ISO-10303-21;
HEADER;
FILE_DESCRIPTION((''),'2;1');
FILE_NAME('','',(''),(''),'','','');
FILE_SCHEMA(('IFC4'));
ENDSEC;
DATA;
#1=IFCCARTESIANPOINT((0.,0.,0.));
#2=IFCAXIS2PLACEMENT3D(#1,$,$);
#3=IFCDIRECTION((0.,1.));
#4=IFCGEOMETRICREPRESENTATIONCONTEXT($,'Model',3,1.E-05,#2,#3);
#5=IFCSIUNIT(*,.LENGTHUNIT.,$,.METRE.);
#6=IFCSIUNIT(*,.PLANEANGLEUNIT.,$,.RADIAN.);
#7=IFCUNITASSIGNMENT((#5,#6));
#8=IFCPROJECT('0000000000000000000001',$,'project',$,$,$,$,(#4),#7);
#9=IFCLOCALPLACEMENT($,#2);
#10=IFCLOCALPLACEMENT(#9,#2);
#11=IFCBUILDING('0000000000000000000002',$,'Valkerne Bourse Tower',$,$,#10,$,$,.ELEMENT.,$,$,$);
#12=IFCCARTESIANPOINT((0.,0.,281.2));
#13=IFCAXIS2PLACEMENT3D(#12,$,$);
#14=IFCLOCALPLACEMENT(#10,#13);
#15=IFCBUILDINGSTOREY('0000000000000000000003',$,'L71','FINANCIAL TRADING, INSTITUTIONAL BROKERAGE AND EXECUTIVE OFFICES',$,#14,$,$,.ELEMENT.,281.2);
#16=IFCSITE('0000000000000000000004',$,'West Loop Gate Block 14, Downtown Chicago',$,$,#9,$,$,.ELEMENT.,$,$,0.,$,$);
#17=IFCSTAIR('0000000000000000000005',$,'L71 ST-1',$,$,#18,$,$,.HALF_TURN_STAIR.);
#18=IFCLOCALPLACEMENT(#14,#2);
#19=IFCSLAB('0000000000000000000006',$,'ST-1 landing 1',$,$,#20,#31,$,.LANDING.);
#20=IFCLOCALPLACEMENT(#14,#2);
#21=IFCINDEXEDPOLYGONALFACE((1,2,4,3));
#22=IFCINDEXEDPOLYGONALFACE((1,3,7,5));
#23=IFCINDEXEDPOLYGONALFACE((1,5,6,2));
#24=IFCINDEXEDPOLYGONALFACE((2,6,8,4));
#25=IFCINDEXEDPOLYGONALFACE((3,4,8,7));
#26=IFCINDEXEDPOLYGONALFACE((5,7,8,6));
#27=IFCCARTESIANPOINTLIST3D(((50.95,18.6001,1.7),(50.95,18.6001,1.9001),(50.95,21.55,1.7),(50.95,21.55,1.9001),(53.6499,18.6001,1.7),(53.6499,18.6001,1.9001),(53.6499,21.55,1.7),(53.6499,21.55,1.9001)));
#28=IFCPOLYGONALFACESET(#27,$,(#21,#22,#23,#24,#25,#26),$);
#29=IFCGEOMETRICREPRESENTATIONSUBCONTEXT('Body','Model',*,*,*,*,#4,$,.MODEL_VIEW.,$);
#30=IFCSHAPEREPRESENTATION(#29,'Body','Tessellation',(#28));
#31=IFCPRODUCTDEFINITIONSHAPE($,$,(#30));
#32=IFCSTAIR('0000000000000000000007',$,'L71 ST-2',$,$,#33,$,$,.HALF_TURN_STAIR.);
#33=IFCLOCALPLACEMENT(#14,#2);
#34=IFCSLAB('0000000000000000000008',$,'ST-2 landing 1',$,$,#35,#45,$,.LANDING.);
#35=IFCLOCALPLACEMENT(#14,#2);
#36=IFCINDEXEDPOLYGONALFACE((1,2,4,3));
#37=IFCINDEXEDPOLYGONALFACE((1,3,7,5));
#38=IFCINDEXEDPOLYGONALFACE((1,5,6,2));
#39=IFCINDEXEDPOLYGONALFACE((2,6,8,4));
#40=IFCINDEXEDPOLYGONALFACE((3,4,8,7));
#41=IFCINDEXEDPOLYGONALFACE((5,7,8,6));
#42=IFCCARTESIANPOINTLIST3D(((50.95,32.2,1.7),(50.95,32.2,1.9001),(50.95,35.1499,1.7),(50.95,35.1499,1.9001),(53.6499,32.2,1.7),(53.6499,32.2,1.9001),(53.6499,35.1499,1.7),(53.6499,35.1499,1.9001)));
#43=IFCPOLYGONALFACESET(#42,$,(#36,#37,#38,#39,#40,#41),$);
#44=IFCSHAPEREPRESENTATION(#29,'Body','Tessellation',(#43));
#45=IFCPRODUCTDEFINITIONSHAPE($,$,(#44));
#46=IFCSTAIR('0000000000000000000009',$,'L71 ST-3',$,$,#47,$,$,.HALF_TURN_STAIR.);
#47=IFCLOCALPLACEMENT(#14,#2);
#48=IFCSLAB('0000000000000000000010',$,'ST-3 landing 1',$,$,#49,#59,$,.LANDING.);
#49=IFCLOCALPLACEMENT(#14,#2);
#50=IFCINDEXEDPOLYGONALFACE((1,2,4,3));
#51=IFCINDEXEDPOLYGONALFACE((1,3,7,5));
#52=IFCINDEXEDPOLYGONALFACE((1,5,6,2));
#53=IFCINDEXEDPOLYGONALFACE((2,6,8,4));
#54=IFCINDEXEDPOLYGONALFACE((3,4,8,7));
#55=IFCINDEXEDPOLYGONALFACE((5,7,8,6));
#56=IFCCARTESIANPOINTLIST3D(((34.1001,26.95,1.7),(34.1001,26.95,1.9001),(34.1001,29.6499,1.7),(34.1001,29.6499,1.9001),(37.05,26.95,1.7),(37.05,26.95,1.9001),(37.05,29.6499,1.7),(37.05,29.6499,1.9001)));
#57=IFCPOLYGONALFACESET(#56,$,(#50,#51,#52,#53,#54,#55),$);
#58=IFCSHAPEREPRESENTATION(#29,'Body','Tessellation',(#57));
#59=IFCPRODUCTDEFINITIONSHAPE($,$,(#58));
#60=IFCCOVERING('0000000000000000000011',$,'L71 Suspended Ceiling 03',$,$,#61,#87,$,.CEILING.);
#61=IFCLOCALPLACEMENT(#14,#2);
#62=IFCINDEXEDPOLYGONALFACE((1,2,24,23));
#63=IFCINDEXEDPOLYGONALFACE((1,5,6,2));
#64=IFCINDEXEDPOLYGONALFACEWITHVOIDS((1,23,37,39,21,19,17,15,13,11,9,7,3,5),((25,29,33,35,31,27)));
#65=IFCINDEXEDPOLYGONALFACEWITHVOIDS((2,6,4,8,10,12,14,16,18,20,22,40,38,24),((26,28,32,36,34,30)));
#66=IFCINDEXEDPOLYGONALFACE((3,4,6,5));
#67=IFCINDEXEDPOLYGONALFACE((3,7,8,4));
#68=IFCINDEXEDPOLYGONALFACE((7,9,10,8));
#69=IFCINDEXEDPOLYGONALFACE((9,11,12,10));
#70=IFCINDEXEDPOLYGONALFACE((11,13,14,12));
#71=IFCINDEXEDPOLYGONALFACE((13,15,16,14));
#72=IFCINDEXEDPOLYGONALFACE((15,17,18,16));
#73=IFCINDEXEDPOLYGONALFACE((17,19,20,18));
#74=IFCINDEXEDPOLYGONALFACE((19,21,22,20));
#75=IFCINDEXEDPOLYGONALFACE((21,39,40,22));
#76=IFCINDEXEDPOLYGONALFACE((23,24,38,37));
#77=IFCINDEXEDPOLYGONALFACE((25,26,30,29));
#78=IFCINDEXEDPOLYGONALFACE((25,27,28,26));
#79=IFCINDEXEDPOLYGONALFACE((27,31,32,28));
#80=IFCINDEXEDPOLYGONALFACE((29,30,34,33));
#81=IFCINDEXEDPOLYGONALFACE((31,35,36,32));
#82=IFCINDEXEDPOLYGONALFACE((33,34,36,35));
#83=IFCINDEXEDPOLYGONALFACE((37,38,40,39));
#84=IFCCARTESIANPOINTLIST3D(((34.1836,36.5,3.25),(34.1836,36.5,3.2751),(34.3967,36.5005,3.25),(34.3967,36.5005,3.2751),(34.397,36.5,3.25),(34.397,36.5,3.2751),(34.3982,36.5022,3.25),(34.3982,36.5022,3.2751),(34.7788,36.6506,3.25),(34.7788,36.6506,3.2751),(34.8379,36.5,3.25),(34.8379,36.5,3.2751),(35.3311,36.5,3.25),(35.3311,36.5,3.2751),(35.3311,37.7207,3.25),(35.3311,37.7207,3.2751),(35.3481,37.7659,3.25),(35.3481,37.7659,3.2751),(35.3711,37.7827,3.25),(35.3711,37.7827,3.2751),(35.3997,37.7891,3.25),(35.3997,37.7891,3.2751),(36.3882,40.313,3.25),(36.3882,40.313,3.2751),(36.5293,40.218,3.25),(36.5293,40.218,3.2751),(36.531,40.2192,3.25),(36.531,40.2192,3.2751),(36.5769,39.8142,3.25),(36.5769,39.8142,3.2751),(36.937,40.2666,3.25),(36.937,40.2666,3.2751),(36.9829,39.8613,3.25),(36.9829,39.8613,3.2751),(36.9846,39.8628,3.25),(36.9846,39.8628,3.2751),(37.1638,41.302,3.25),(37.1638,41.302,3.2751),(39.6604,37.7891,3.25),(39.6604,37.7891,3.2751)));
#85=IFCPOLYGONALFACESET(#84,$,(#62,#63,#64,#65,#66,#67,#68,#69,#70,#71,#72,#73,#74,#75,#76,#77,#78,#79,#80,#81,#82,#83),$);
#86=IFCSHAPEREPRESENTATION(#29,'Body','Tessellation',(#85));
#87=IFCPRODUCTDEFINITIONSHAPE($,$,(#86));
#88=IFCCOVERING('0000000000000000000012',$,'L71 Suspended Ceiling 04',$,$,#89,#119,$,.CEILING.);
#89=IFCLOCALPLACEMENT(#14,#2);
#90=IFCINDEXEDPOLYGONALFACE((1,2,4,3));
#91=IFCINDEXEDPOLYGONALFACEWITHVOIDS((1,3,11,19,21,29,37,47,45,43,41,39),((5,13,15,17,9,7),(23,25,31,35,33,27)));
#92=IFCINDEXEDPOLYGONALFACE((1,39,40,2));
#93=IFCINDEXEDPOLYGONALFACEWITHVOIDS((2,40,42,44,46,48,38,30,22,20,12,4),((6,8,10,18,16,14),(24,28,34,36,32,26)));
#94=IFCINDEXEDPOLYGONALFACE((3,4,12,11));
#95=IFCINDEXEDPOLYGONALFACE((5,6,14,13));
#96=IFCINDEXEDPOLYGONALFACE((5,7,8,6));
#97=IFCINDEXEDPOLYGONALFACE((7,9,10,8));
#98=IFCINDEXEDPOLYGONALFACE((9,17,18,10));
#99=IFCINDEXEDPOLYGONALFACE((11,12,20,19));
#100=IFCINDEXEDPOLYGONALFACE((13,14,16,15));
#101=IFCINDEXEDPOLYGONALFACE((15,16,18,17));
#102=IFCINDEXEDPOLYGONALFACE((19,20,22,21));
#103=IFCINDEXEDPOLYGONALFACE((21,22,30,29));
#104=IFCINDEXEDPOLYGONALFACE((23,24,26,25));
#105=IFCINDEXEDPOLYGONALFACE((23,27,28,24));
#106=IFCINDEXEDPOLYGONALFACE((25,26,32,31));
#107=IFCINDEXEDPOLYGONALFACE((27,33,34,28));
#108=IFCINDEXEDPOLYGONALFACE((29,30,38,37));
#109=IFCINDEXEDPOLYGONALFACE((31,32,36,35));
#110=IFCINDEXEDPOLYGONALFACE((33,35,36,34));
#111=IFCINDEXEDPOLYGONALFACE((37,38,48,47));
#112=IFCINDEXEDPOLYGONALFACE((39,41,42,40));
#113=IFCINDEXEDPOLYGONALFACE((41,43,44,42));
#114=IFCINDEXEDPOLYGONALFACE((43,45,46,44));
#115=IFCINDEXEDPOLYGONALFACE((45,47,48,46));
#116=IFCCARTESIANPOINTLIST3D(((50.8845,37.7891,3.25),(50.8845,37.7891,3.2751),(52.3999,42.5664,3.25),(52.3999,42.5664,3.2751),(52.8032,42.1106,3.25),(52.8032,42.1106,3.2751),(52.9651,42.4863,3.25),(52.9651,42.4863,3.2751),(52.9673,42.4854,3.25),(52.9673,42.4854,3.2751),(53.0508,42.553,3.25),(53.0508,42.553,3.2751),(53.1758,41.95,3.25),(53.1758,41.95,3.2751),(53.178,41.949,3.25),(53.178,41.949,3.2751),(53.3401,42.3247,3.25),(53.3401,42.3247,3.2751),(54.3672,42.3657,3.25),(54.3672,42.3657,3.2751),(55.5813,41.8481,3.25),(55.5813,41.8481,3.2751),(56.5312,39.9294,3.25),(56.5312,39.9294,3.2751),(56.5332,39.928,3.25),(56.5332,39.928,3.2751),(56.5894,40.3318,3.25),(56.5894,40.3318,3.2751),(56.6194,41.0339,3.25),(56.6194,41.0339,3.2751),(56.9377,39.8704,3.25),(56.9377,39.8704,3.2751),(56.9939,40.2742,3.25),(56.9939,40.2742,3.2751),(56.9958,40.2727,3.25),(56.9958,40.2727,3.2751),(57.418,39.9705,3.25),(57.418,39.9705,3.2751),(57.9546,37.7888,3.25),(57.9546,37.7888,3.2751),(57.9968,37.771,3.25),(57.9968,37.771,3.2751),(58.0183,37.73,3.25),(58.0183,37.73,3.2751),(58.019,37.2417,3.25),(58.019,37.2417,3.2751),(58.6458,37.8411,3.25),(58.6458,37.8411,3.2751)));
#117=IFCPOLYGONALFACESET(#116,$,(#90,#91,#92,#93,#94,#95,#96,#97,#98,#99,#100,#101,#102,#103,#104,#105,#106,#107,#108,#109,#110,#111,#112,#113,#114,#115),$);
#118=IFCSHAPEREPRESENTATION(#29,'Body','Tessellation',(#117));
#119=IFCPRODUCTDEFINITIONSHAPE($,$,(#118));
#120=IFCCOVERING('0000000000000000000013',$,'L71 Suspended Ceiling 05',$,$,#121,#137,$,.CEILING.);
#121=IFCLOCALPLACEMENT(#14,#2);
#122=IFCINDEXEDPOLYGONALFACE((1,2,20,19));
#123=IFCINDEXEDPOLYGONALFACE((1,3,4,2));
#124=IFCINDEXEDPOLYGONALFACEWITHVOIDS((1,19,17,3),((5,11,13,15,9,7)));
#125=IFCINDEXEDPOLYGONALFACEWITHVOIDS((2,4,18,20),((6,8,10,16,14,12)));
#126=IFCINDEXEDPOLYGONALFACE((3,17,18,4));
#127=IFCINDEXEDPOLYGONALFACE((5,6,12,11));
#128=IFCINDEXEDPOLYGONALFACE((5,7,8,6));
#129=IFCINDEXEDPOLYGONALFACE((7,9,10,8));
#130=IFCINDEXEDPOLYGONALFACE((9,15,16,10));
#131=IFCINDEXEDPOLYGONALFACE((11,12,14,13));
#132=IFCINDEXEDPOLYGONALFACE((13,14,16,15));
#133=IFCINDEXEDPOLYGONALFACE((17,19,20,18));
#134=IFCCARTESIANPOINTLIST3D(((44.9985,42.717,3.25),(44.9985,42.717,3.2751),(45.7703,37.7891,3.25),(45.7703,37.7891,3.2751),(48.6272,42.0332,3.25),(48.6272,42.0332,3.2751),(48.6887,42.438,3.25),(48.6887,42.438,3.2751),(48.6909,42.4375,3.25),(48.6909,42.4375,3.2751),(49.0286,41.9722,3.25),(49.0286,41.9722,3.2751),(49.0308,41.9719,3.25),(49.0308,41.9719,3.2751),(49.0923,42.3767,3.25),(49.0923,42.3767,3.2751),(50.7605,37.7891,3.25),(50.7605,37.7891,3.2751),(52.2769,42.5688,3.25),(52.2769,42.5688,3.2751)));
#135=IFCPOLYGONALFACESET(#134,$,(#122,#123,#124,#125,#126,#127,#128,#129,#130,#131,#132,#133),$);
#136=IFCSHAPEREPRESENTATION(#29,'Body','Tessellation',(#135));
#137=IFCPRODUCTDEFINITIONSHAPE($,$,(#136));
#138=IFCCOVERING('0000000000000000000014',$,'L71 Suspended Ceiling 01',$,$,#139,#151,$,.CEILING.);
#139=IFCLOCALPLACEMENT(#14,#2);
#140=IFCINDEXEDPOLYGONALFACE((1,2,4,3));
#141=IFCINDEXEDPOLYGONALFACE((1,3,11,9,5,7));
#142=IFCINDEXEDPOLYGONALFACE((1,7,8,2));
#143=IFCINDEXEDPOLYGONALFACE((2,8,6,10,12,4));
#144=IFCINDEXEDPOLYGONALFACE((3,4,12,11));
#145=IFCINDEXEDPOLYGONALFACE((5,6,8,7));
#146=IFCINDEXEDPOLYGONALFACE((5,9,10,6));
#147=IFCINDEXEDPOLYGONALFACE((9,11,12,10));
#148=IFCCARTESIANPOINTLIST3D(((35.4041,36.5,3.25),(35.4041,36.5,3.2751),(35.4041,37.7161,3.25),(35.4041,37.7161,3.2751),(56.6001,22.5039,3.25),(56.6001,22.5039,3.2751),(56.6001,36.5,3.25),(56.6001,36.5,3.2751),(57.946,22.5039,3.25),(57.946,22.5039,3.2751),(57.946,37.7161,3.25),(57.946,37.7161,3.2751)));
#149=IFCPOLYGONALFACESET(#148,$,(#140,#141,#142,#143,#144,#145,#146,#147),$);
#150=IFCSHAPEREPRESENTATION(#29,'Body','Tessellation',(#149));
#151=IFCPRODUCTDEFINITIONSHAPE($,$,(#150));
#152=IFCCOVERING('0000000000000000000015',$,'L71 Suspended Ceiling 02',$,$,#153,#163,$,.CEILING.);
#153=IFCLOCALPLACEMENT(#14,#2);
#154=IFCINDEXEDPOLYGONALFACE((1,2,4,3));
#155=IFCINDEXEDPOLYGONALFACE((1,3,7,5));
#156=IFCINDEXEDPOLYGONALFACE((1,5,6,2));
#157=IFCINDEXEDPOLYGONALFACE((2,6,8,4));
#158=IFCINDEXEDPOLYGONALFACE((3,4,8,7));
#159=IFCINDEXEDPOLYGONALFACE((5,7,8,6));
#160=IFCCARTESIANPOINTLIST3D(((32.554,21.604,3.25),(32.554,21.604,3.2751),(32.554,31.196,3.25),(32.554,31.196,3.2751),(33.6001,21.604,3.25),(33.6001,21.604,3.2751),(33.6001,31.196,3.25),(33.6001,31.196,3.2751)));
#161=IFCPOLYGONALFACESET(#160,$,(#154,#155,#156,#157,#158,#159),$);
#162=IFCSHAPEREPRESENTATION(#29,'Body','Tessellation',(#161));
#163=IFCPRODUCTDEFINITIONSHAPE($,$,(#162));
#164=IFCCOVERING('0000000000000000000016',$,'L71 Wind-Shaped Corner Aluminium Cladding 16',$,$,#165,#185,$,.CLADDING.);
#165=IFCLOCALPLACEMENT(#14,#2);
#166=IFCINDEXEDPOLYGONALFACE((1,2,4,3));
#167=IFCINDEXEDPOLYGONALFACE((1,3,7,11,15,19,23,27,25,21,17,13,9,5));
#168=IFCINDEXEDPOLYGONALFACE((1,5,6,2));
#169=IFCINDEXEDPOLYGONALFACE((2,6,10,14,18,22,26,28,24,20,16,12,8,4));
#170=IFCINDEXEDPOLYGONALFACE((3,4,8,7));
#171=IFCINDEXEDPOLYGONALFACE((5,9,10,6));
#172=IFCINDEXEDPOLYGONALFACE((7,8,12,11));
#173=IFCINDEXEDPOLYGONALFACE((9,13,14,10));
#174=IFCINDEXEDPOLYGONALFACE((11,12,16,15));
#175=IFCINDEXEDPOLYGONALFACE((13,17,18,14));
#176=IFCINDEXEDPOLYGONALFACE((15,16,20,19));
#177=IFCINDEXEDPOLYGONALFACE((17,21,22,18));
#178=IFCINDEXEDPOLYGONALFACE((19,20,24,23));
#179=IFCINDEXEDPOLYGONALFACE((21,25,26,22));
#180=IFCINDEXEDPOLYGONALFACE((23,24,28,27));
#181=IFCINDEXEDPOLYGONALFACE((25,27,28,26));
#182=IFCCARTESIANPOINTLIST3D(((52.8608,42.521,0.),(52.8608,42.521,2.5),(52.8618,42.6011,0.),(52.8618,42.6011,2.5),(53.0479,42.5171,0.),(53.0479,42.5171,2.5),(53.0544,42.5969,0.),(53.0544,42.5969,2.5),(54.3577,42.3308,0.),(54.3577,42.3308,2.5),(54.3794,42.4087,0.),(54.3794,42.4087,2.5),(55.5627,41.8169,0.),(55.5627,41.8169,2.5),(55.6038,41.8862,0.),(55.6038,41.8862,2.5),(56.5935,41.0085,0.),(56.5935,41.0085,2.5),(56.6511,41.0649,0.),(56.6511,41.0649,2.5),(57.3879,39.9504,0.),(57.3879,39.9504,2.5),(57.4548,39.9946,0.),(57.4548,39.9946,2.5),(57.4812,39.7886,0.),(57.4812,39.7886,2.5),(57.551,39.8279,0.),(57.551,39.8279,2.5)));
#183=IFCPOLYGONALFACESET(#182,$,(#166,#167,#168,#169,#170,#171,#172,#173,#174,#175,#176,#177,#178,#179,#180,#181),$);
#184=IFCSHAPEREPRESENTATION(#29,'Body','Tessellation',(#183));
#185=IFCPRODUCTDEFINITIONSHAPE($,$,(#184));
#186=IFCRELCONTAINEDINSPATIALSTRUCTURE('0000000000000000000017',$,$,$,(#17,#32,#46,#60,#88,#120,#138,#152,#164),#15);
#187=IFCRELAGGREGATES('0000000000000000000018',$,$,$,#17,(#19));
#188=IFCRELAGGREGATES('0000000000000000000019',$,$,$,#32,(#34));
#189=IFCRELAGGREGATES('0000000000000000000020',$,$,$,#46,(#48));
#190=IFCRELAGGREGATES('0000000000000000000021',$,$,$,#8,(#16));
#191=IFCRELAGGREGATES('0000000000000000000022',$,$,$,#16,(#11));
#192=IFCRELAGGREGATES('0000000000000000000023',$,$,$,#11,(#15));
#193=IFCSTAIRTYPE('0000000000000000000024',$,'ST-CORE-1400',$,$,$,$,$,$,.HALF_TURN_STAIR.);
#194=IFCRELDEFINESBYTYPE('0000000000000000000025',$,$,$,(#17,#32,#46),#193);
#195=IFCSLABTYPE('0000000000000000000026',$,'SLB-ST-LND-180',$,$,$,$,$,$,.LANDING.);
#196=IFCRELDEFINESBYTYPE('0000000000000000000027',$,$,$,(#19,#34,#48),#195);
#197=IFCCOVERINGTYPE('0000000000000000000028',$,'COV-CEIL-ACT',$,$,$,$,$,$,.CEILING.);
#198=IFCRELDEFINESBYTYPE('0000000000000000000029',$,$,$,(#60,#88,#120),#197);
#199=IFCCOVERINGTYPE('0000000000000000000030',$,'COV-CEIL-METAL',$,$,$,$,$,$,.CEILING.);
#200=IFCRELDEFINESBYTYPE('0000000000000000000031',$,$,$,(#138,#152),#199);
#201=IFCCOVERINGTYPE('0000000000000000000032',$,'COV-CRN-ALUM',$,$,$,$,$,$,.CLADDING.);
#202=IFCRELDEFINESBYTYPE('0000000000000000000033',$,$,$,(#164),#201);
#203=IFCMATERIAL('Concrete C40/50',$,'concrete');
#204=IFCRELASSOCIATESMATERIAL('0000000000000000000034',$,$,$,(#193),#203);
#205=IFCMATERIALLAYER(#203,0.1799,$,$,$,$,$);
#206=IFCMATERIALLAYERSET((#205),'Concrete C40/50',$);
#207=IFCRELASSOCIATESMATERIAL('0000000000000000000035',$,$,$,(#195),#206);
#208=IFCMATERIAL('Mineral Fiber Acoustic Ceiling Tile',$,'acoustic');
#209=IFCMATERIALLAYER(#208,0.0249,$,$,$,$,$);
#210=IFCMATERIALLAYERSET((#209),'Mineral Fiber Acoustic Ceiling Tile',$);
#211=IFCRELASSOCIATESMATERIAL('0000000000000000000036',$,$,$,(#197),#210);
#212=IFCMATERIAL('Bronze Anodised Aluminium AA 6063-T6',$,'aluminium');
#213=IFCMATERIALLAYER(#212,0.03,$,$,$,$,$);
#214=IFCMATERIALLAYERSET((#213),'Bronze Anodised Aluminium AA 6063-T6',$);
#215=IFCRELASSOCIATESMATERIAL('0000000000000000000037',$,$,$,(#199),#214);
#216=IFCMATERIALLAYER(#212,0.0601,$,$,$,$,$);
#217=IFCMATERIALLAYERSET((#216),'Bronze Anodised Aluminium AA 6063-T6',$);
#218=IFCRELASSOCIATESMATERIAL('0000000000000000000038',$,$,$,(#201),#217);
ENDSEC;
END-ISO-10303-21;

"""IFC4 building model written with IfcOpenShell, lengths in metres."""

from ifc_helpers import new_model, si_unit, direction, frame, origin, place, context, subcontext, project, spatial, polyline, outline, extrude, material, layer, layer_set, type_object, element, aggregate, save


model = new_model("IFC4")

# Units and contexts
model_context = context("Model", 3, precision=1e-05, world=origin(), true_north=direction((0.0, 1.0)))
body_context = subcontext(model_context, "Body", "Model", "MODEL_VIEW")
ifc_project = project(units=[si_unit("LENGTHUNIT", "METRE"), si_unit("PLANEANGLEUNIT", "RADIAN")], contexts=[model_context])

# Site, building, storey
site_placement = place(None, origin())
site = spatial("IfcSite", under=ifc_project, at=site_placement, Name="West Loop Gate Block 14, Downtown Chicago", CompositionType="ELEMENT", RefElevation=0.0)
building_placement = place(site_placement, origin())
building = spatial("IfcBuilding", under=site, at=building_placement, Name="Valkerne Bourse Tower", CompositionType="ELEMENT")
storey_placement = place(building_placement, frame((0.0, 0.0, 281.2)))
storey = spatial("IfcBuildingStorey", under=building, at=storey_placement, Name="L71", Description="FINANCIAL TRADING, INSTITUTIONAL BROKERAGE AND EXECUTIVE OFFICES", CompositionType="ELEMENT", Elevation=281.2)

# Stairs, slabs
ifc_material_1 = material(Name="Concrete C40/50", Category="concrete")
stair_type = type_object("IfcStairType", Name="ST-CORE-1400", PredefinedType="HALF_TURN_STAIR", material=ifc_material_1)
stair_1_placement = place(storey_placement, origin())
stair_1 = element("IfcStair", 1, at=stair_1_placement, inside=storey, type_object=stair_type, Name="L71 ST-1", PredefinedType="HALF_TURN_STAIR")
ifc_layer_1 = layer(ifc_material_1, 0.1799)
ifc_layer_set_1 = layer_set([ifc_layer_1], Name="Concrete C40/50")
slab_type = type_object("IfcSlabType", Name="SLB-ST-LND-180", PredefinedType="LANDING", material=ifc_layer_set_1)
slab_1_placement = place(storey_placement, frame((0.0, 0.0, 1.7)))
slab_1 = element("IfcSlab", 2, at=slab_1_placement, type_object=slab_type, Name="ST-1 landing 1", PredefinedType="LANDING", context=body_context, shape_type="SweptSolid", body=[
    extrude(outline(polyline([(50.95, 18.6001), (53.6499, 18.6001), (53.6499, 21.55), (50.95, 21.55), (50.95, 18.6001)])), origin(), (0.0, 0.0, 1.0), 0.2002),
])
aggregate(stair_1, [slab_1])
stair_2_placement = place(storey_placement, origin())
stair_2 = element("IfcStair", 3, at=stair_2_placement, inside=storey, type_object=stair_type, Name="L71 ST-2", PredefinedType="HALF_TURN_STAIR")
slab_2_placement = place(storey_placement, frame((0.0, 0.0, 1.7)))
slab_2 = element("IfcSlab", 4, at=slab_2_placement, type_object=slab_type, Name="ST-2 landing 1", PredefinedType="LANDING", context=body_context, shape_type="SweptSolid", body=[
    extrude(outline(polyline([(50.95, 32.2), (53.6499, 32.2), (53.6499, 35.1499), (50.95, 35.1499), (50.95, 32.2)])), origin(), (0.0, 0.0, 1.0), 0.2002),
])
aggregate(stair_2, [slab_2])
stair_3_placement = place(storey_placement, origin())
stair_3 = element("IfcStair", 5, at=stair_3_placement, inside=storey, type_object=stair_type, Name="L71 ST-3", PredefinedType="HALF_TURN_STAIR")
slab_3_placement = place(storey_placement, frame((0.0, 0.0, 1.7)))
slab_3 = element("IfcSlab", 6, at=slab_3_placement, type_object=slab_type, Name="ST-3 landing 1", PredefinedType="LANDING", context=body_context, shape_type="SweptSolid", body=[
    extrude(outline(polyline([(37.05, 26.95), (37.05, 29.6499), (34.1001, 29.6499), (34.1001, 26.95), (37.05, 26.95)])), origin(), (0.0, 0.0, 1.0), 0.2002),
])
aggregate(stair_3, [slab_3])

# Coverings
ifc_material_2 = material(Name="Mineral Fiber Acoustic Ceiling Tile", Category="acoustic")
ifc_layer_2 = layer(ifc_material_2, 0.0249)
ifc_layer_set_2 = layer_set([ifc_layer_2], Name="Mineral Fiber Acoustic Ceiling Tile")
covering_type_1 = type_object("IfcCoveringType", Name="COV-CEIL-ACT", PredefinedType="CEILING", material=ifc_layer_set_2)
covering_1_placement = place(storey_placement, frame((0.0, 0.0, 3.25)))
element("IfcCovering", 7, at=covering_1_placement, inside=storey, type_object=covering_type_1, Name="L71 Suspended Ceiling 03", PredefinedType="CEILING", context=body_context, shape_type="SweptSolid", body=[
    extrude(outline(polyline([(39.6604, 37.7891), (35.3997, 37.7891), (35.3711, 37.7827), (35.3481, 37.7659), (35.3311, 37.7207), (35.3311, 36.5), (34.8379, 36.5), (34.7788, 36.6506), (34.3982, 36.5022), (34.3967, 36.5005), (34.397, 36.5), (34.1836, 36.5), (36.3882, 40.313), (37.1638, 41.302), (39.6604, 37.7891)]), holes=[polyline([(36.9829, 39.8613), (36.9846, 39.8628), (36.937, 40.2666), (36.531, 40.2192), (36.5293, 40.218), (36.5769, 39.8142), (36.9829, 39.8613)])]), origin(), (0.0, 0.0, 1.0), 0.0251),
])
covering_2_placement = place(storey_placement, frame((0.0, 0.0, 3.25)))
element("IfcCovering", 8, at=covering_2_placement, inside=storey, type_object=covering_type_1, Name="L71 Suspended Ceiling 04", PredefinedType="CEILING", context=body_context, shape_type="SweptSolid", body=[
    extrude(outline(polyline([(55.5813, 41.8481), (56.6194, 41.0339), (57.418, 39.9705), (58.6458, 37.8411), (58.019, 37.2417), (58.0183, 37.73), (57.9968, 37.771), (57.9546, 37.7888), (50.8845, 37.7891), (52.3999, 42.5664), (53.0508, 42.553), (54.3672, 42.3657), (55.5813, 41.8481)]), holes=[polyline([(56.9939, 40.2742), (56.5894, 40.3318), (56.5312, 39.9294), (56.5332, 39.928), (56.9377, 39.8704), (56.9958, 40.2727), (56.9939, 40.2742)]), polyline([(53.3401, 42.3247), (52.9673, 42.4854), (52.9651, 42.4863), (52.8032, 42.1106), (53.1758, 41.95), (53.178, 41.949), (53.3401, 42.3247)])]), origin(), (0.0, 0.0, 1.0), 0.0251),
])
covering_3_placement = place(storey_placement, frame((0.0, 0.0, 3.25)))
element("IfcCovering", 9, at=covering_3_placement, inside=storey, type_object=covering_type_1, Name="L71 Suspended Ceiling 05", PredefinedType="CEILING", context=body_context, shape_type="SweptSolid", body=[
    extrude(outline(polyline([(45.7703, 37.7891), (44.9985, 42.717), (52.2769, 42.5688), (50.7605, 37.7891), (45.7703, 37.7891)]), holes=[polyline([(48.6909, 42.4375), (48.6887, 42.438), (48.6272, 42.0332), (49.0286, 41.9722), (49.0308, 41.9719), (49.0923, 42.3767), (48.6909, 42.4375)])]), origin(), (0.0, 0.0, 1.0), 0.0251),
])
ifc_material_3 = material(Name="Bronze Anodised Aluminium AA 6063-T6", Category="aluminium")
ifc_layer_3 = layer(ifc_material_3, 0.03)
ifc_layer_set_3 = layer_set([ifc_layer_3], Name="Bronze Anodised Aluminium AA 6063-T6")
covering_type_2 = type_object("IfcCoveringType", Name="COV-CEIL-METAL", PredefinedType="CEILING", material=ifc_layer_set_3)
covering_4_placement = place(storey_placement, frame((0.0, 0.0, 3.25)))
element("IfcCovering", 10, at=covering_4_placement, inside=storey, type_object=covering_type_2, Name="L71 Suspended Ceiling 01", PredefinedType="CEILING", context=body_context, shape_type="SweptSolid", body=[
    extrude(outline(polyline([(35.4041, 37.7161), (57.946, 37.7161), (57.946, 22.5039), (56.6001, 22.5039), (56.6001, 36.5), (35.4041, 36.5), (35.4041, 37.7161)])), origin(), (0.0, 0.0, 1.0), 0.0251),
])
covering_5_placement = place(storey_placement, frame((0.0, 0.0, 3.25)))
element("IfcCovering", 11, at=covering_5_placement, inside=storey, type_object=covering_type_2, Name="L71 Suspended Ceiling 02", PredefinedType="CEILING", context=body_context, shape_type="SweptSolid", body=[
    extrude(outline(polyline([(32.554, 21.604), (32.554, 31.196), (33.6001, 31.196), (33.6001, 21.604), (32.554, 21.604)])), origin(), (0.0, 0.0, 1.0), 0.0251),
])
ifc_layer_4 = layer(ifc_material_3, 0.0601)
ifc_layer_set_4 = layer_set([ifc_layer_4], Name="Bronze Anodised Aluminium AA 6063-T6")
covering_type_3 = type_object("IfcCoveringType", Name="COV-CRN-ALUM", PredefinedType="CLADDING", material=ifc_layer_set_4)
covering_6_placement = place(storey_placement, origin())
element("IfcCovering", 12, at=covering_6_placement, inside=storey, type_object=covering_type_3, Name="L71 Wind-Shaped Corner Aluminium Cladding 16", PredefinedType="CLADDING", context=body_context, shape_type="SweptSolid", body=[
    extrude(outline(polyline([(53.0544, 42.5969), (54.3794, 42.4087), (55.6038, 41.8862), (56.6511, 41.0649), (57.4548, 39.9946), (57.551, 39.8279), (57.4812, 39.7886), (57.3879, 39.9504), (56.5935, 41.0085), (55.5627, 41.8169), (54.3577, 42.3308), (53.0479, 42.5171), (52.8608, 42.521), (52.8618, 42.6011), (53.0544, 42.5969)])), origin(), (0.0, 0.0, 1.0), 2.5),
])

save(model, "model.ifc")
